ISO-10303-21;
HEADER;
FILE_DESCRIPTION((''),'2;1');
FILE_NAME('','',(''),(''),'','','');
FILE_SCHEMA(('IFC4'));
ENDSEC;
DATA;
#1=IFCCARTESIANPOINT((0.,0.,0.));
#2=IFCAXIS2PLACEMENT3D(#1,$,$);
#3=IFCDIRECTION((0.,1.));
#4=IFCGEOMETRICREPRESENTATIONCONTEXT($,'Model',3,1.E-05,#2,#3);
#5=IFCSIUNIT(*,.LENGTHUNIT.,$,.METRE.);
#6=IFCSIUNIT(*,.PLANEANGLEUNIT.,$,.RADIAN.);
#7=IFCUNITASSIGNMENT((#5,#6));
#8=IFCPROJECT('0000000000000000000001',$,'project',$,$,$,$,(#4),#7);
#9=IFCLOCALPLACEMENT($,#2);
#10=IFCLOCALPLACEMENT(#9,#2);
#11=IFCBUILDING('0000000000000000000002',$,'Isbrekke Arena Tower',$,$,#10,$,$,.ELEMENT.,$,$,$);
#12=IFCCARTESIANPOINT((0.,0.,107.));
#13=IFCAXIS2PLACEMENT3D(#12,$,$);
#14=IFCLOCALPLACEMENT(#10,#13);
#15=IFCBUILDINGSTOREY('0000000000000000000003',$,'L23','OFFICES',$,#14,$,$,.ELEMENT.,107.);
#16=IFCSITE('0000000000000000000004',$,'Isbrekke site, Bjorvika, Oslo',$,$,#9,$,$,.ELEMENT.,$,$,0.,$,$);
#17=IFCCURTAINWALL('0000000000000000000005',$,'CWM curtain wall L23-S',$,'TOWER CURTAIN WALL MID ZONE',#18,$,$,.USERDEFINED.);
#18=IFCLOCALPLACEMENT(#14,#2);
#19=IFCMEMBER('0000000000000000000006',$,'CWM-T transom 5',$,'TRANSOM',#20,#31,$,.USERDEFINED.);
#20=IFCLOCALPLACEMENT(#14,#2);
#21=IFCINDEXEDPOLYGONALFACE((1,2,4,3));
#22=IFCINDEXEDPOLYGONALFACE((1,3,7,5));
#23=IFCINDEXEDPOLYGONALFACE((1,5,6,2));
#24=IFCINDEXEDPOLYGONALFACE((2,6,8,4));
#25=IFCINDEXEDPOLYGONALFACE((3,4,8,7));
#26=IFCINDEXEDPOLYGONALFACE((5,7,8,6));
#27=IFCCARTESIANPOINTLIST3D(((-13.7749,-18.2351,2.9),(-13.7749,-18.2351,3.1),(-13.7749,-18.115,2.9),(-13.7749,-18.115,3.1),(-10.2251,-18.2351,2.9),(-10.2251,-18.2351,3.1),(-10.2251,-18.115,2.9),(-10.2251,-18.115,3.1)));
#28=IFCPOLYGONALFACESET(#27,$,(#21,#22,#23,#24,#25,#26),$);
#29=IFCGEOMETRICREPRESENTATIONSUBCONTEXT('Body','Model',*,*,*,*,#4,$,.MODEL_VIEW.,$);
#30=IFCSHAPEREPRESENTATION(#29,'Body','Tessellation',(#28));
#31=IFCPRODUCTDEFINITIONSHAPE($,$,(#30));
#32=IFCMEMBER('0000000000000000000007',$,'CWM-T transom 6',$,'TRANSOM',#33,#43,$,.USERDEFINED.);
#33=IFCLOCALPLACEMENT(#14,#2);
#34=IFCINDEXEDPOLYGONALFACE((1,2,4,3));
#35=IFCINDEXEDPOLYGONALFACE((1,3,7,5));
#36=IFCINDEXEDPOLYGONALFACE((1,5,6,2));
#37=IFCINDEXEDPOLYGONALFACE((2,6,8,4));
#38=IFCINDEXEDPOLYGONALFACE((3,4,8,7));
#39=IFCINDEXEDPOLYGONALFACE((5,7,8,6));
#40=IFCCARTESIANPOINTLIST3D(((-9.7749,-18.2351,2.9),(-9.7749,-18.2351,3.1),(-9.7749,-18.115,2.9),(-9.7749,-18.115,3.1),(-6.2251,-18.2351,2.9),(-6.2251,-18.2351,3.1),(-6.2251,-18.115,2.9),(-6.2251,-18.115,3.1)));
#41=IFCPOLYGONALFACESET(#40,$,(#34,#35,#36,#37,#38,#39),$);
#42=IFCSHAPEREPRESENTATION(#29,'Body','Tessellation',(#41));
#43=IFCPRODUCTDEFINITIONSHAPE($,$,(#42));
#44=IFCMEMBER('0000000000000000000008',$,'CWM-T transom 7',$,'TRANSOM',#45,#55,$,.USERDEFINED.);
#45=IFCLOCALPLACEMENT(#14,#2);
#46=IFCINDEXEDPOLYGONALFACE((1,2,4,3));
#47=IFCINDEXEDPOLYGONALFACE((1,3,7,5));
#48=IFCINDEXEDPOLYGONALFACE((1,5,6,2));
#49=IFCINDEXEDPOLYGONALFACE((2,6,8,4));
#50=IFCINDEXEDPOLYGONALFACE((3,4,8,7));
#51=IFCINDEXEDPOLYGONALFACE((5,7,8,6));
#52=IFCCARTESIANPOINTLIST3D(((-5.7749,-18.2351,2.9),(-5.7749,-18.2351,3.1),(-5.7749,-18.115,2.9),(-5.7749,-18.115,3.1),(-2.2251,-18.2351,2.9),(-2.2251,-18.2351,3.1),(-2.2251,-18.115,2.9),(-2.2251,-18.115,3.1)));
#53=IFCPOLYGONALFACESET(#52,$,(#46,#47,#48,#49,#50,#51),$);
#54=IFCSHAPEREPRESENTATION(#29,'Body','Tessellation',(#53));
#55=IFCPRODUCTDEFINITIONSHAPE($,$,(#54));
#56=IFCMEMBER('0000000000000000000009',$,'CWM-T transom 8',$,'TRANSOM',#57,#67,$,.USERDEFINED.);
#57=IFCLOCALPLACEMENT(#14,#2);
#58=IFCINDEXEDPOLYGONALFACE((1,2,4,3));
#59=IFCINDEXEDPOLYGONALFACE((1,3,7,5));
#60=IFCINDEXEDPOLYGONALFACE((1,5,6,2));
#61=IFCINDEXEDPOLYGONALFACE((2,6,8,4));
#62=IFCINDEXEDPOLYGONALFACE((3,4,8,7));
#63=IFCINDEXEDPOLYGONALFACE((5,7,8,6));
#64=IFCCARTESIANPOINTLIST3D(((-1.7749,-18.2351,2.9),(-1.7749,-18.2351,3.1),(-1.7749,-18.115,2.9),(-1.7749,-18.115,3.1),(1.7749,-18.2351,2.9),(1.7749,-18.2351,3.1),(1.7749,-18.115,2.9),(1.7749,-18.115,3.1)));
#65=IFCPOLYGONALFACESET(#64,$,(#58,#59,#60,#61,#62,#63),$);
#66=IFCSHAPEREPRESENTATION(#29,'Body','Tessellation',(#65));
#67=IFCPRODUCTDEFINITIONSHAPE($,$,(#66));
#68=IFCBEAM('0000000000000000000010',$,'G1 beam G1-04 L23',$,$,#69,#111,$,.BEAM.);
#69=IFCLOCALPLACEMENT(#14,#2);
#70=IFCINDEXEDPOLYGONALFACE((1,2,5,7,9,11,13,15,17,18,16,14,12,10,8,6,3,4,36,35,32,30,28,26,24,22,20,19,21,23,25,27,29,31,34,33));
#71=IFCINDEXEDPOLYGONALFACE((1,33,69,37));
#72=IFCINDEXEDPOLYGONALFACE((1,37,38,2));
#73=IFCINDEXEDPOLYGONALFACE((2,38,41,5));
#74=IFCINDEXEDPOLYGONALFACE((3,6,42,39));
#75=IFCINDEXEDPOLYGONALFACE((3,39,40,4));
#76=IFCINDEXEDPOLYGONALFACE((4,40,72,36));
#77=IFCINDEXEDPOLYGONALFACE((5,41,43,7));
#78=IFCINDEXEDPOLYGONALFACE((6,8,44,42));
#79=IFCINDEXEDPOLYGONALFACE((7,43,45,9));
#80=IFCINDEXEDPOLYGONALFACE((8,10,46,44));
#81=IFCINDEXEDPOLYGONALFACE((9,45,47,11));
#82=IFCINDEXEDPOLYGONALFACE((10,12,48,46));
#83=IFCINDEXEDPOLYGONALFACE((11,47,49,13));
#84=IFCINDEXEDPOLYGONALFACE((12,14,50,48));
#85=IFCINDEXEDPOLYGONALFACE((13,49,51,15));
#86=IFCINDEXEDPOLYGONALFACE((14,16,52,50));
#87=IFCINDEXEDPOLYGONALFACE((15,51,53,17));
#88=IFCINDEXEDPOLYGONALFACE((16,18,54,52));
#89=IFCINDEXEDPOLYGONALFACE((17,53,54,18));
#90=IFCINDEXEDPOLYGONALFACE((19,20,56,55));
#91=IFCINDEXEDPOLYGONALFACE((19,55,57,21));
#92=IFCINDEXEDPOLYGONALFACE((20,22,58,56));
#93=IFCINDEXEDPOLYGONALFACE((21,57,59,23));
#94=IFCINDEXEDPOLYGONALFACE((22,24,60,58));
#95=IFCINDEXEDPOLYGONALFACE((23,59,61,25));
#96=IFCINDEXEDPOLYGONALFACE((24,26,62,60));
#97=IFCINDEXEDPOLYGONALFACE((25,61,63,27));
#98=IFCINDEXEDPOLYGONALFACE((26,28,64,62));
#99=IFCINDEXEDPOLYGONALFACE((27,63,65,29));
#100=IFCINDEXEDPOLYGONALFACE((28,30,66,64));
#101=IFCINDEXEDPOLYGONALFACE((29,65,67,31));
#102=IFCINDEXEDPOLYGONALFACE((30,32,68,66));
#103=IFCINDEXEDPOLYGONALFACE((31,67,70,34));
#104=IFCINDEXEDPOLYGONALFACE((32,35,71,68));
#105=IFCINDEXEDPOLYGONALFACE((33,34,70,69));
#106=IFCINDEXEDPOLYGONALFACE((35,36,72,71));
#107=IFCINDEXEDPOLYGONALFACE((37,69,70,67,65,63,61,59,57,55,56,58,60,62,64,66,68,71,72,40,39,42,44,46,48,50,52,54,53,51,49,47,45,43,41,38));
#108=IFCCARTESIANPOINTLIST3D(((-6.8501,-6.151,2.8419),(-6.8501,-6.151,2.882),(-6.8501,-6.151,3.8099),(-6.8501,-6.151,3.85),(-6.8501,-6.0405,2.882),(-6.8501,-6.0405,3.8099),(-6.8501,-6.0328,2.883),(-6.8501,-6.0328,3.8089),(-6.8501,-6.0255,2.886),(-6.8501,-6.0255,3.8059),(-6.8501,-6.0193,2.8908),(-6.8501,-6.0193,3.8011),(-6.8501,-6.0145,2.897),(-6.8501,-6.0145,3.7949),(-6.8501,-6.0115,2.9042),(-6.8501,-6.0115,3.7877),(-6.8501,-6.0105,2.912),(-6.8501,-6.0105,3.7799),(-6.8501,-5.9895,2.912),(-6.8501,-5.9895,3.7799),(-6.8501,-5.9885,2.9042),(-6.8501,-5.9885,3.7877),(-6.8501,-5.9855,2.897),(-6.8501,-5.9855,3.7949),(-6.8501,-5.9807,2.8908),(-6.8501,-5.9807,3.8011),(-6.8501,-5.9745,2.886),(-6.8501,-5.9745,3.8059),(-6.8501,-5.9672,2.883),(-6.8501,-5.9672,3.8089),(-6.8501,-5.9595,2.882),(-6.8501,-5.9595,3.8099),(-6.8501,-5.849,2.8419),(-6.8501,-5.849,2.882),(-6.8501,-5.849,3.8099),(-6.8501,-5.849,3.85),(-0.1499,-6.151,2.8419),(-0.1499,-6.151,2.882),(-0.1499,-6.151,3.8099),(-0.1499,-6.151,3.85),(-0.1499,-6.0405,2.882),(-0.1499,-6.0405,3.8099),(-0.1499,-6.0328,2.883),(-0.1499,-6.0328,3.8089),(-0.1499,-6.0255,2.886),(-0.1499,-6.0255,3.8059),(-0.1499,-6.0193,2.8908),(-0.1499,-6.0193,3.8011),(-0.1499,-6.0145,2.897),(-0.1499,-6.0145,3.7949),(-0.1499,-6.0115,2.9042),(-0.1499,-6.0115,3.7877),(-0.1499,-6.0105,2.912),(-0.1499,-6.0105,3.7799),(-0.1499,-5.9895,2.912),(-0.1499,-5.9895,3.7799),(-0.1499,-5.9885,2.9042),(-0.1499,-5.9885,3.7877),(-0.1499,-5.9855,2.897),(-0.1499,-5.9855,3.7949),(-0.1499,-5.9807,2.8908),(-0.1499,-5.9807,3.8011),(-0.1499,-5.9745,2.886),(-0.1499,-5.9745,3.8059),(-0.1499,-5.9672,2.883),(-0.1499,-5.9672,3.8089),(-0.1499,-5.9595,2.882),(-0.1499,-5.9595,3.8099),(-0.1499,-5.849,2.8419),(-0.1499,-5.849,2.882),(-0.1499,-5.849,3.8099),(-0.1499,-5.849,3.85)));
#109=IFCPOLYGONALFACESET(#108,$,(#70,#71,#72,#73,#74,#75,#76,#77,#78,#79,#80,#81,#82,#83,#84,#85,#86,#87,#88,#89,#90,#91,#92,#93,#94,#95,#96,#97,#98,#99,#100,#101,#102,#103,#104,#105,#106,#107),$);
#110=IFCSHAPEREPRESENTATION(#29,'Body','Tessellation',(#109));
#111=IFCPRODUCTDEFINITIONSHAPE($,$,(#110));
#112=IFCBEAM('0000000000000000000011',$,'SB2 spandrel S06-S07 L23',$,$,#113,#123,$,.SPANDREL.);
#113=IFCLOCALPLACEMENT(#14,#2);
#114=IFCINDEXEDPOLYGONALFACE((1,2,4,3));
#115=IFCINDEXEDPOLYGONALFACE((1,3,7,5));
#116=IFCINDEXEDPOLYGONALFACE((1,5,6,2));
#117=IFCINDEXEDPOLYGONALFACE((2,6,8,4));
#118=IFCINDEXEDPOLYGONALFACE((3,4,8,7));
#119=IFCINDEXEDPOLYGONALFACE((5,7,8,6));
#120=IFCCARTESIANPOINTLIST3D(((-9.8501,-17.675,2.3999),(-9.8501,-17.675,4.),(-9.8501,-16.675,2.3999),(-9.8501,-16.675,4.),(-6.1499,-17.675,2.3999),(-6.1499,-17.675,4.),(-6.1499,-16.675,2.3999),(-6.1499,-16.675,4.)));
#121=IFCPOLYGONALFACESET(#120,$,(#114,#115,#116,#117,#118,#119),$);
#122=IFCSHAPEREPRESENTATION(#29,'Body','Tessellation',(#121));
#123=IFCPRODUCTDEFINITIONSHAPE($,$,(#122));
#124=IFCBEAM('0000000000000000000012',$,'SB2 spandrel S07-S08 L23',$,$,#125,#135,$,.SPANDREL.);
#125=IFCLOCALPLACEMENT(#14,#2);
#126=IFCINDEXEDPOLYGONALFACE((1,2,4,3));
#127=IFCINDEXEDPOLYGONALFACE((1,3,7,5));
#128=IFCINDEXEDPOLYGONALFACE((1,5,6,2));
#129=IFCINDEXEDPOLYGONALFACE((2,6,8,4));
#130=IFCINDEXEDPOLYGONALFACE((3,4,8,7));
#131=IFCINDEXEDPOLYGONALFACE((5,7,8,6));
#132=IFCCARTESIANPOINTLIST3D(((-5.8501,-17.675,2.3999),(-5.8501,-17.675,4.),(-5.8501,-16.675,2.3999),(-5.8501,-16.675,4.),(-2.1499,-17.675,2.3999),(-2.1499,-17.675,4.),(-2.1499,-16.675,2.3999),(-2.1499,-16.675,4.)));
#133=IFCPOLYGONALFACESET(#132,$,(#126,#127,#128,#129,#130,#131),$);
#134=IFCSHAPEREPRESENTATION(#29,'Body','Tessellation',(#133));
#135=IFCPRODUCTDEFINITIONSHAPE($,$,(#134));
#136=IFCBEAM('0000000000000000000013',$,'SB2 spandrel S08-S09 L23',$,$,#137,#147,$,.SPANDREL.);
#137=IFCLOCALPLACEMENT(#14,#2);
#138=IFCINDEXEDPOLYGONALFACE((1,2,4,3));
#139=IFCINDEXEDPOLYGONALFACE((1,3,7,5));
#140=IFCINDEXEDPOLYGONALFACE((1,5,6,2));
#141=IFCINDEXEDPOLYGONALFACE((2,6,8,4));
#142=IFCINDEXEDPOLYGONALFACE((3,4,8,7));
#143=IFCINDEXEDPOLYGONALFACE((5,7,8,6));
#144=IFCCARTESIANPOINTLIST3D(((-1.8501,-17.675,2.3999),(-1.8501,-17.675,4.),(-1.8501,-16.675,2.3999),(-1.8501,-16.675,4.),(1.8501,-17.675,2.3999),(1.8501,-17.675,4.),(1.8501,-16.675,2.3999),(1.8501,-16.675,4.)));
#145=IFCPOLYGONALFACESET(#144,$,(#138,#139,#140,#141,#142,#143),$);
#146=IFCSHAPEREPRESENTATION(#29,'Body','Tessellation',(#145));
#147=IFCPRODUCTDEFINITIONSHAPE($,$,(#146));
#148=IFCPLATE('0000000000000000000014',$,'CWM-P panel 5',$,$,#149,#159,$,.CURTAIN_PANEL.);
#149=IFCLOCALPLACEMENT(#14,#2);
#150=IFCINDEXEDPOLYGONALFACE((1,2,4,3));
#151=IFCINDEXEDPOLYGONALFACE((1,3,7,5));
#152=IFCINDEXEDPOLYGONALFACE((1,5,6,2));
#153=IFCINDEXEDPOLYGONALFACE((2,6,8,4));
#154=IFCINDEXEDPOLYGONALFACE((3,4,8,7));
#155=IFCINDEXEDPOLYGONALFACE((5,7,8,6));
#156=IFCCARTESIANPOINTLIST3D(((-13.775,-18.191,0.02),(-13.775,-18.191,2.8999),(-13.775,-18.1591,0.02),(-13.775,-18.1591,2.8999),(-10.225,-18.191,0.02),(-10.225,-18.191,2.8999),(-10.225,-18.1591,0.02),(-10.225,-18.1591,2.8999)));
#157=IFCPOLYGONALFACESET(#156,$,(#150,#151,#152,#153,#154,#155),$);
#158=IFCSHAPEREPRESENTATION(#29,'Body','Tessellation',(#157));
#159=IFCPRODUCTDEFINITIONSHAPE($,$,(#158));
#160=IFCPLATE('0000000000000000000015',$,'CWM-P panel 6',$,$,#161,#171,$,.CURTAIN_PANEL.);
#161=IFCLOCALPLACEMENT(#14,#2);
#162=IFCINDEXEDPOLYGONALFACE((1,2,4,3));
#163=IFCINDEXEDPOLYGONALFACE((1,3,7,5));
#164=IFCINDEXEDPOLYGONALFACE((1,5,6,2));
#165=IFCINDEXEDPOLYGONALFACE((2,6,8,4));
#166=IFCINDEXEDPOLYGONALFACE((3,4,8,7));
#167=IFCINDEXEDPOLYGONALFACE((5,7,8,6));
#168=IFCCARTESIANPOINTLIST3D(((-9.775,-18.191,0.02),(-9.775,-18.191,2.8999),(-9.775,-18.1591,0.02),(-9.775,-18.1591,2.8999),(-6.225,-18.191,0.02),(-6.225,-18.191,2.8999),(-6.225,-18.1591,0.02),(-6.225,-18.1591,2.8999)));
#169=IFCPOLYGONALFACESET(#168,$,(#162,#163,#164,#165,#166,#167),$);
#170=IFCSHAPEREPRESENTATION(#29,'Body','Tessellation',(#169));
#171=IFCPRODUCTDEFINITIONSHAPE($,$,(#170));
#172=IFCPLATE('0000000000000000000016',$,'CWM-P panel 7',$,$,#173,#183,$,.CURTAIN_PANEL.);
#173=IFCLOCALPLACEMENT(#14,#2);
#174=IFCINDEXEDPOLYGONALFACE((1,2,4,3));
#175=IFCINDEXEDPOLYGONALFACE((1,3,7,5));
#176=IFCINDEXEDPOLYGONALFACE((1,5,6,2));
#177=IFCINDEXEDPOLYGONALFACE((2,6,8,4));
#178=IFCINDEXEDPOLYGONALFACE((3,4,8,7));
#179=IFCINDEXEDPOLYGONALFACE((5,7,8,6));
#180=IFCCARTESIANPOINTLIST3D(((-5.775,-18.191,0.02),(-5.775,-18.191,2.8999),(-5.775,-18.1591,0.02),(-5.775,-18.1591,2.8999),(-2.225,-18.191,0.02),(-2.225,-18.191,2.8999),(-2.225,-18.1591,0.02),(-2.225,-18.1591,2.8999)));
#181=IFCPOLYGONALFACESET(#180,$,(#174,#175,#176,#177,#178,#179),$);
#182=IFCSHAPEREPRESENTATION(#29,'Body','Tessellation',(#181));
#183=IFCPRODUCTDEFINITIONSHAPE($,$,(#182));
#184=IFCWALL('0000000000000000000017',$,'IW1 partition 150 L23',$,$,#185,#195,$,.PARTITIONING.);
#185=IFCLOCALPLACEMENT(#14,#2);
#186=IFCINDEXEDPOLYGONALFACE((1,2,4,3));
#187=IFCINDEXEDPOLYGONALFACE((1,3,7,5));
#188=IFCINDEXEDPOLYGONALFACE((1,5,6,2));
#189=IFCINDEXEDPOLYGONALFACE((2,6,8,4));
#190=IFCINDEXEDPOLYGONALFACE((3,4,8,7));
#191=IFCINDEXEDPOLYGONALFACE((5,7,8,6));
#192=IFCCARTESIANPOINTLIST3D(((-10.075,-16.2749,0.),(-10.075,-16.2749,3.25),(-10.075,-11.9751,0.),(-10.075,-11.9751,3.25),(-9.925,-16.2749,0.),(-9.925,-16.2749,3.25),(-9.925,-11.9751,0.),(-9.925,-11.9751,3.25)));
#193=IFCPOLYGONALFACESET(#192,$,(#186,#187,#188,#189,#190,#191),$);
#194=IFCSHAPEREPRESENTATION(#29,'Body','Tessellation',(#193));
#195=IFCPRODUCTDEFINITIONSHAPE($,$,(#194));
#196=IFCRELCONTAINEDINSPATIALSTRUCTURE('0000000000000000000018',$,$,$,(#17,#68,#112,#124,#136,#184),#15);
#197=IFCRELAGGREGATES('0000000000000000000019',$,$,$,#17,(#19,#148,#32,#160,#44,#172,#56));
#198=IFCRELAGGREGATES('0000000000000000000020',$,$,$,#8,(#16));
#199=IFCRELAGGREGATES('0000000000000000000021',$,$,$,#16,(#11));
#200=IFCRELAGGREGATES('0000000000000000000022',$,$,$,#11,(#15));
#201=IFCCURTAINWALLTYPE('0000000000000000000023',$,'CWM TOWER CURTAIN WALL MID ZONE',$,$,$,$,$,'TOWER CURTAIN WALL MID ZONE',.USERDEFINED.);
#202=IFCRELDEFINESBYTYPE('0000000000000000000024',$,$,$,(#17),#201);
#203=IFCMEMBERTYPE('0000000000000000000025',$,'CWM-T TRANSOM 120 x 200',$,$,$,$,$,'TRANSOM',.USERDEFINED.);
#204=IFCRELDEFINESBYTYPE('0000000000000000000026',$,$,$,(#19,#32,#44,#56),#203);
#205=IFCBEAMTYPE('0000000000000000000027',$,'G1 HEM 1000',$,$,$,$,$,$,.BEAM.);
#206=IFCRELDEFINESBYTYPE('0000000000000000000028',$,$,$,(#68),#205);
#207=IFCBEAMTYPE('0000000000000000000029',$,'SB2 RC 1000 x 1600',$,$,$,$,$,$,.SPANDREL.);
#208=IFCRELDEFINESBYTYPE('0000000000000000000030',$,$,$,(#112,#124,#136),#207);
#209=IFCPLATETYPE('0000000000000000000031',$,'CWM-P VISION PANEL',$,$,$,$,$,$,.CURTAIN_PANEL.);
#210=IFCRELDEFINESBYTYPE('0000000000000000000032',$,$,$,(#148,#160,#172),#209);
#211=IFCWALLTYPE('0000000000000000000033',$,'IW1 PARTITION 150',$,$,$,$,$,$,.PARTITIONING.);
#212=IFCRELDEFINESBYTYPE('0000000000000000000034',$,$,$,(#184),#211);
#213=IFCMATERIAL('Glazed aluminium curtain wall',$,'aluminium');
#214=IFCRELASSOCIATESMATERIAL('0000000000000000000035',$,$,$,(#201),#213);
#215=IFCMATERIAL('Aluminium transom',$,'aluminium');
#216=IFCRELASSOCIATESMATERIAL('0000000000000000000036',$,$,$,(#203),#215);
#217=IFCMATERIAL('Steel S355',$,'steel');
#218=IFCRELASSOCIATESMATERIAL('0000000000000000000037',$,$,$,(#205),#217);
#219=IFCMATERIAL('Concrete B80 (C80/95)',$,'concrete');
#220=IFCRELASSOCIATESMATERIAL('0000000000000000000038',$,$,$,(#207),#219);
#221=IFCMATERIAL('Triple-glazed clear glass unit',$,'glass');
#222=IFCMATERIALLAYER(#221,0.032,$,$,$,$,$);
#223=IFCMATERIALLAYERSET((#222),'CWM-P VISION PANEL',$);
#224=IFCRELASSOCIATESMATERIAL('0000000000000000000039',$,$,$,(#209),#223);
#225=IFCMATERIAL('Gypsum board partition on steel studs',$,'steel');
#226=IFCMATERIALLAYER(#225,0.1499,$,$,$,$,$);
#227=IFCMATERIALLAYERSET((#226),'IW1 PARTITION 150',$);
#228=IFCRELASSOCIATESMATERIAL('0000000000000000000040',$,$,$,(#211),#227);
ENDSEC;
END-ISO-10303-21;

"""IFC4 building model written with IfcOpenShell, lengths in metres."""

from ifc_helpers import new_model, si_unit, direction, frame, frame_2d, origin, origin_2d, place, context, subcontext, project, spatial, rectangle, i_section, extrude, material, layer, layer_set, material_profile, profile_set, type_object, element, aggregate, save


model = new_model("IFC4")

# Units and contexts
model_context = context("Model", 3, precision=1e-05, world=origin(), true_north=direction((0.0, 1.0)))
body_context = subcontext(model_context, "Body", "Model", "MODEL_VIEW")
ifc_project = project(units=[si_unit("LENGTHUNIT", "METRE"), si_unit("PLANEANGLEUNIT", "RADIAN")], contexts=[model_context])

# Site, building, storey
site_placement = place(None, origin())
site = spatial("IfcSite", under=ifc_project, at=site_placement, Name="Isbrekke site, Bjorvika, Oslo", CompositionType="ELEMENT", RefElevation=0.0)
building_placement = place(site_placement, origin())
building = spatial("IfcBuilding", under=site, at=building_placement, Name="Isbrekke Arena Tower", CompositionType="ELEMENT")
storey_placement = place(building_placement, frame((0.0, 0.0, 107.0)))
storey = spatial("IfcBuildingStorey", under=building, at=storey_placement, Name="L23", Description="OFFICES", CompositionType="ELEMENT", Elevation=107.0)

# Curtain wall, members
ifc_material_1 = material(Name="Glazed aluminium curtain wall", Category="aluminium")
curtain_wall_type = type_object("IfcCurtainWallType", Name="CWM TOWER CURTAIN WALL MID ZONE", ElementType="TOWER CURTAIN WALL MID ZONE", PredefinedType="USERDEFINED", material=ifc_material_1)
curtain_wall_placement = place(storey_placement, origin())
curtain_wall = element("IfcCurtainWall", 1, at=curtain_wall_placement, inside=storey, type_object=curtain_wall_type, Name="CWM curtain wall L23-S", ObjectType="TOWER CURTAIN WALL MID ZONE", PredefinedType="USERDEFINED")
ifc_material_2 = material(Name="Aluminium transom", Category="aluminium")
ifc_material_profile_1 = material_profile(ifc_material_2, rectangle(XDim=0.1201, YDim=0.2, at=origin_2d()), Name="TRANSOM 120X200")
ifc_profile_set_1 = profile_set([ifc_material_profile_1], Name="Aluminium transom")
member_type_1 = type_object("IfcMemberType", Name="CWM-T TRANSOM 120 x 200", ElementType="TRANSOM", PredefinedType="USERDEFINED", material=ifc_profile_set_1)
member_1_placement = place(storey_placement, frame((-13.7749, -18.175, 3.0), z_axis=(1.0, 0.0, 0.0), x_axis=(0.0, 1.0, 0.0)))
member_1 = element("IfcMember", 2, at=member_1_placement, type_object=member_type_1, Name="CWM-T transom 5", ObjectType="TRANSOM", PredefinedType="USERDEFINED", context=body_context, shape_type="SweptSolid", body=[
    extrude(rectangle(XDim=0.1201, YDim=0.2, at=origin_2d()), origin(), (0.0, 0.0, 1.0), 3.5498),
])
member_2_placement = place(storey_placement, frame((-9.7749, -18.175, 3.0), z_axis=(1.0, 0.0, 0.0), x_axis=(0.0, 1.0, 0.0)))
member_2 = element("IfcMember", 3, at=member_2_placement, type_object=member_type_1, Name="CWM-T transom 6", ObjectType="TRANSOM", PredefinedType="USERDEFINED", context=body_context, shape_type="SweptSolid", body=[
    extrude(rectangle(XDim=0.1201, YDim=0.2, at=origin_2d()), origin(), (0.0, 0.0, 1.0), 3.5498),
])
member_3_placement = place(storey_placement, frame((-5.7749, -18.175, 3.0), z_axis=(1.0, 0.0, 0.0), x_axis=(0.0, 1.0, 0.0)))
member_3 = element("IfcMember", 4, at=member_3_placement, type_object=member_type_1, Name="CWM-T transom 7", ObjectType="TRANSOM", PredefinedType="USERDEFINED", context=body_context, shape_type="SweptSolid", body=[
    extrude(rectangle(XDim=0.1201, YDim=0.2, at=origin_2d()), origin(), (0.0, 0.0, 1.0), 3.5498),
])
member_4_placement = place(storey_placement, frame((-1.7749, -18.175, 3.0), z_axis=(1.0, 0.0, 0.0), x_axis=(0.0, 1.0, 0.0)))
member_4 = element("IfcMember", 5, at=member_4_placement, type_object=member_type_1, Name="CWM-T transom 8", ObjectType="TRANSOM", PredefinedType="USERDEFINED", context=body_context, shape_type="SweptSolid", body=[
    extrude(rectangle(XDim=0.1201, YDim=0.2, at=origin_2d()), origin(), (0.0, 0.0, 1.0), 3.5498),
])

# Beams
ifc_material_3 = material(Name="Steel S355", Category="steel")
ifc_material_profile_2 = material_profile(ifc_material_3, i_section(OverallWidth=0.302, OverallDepth=1.0081, WebThickness=0.021, FlangeThickness=0.04, FilletRadius=0.03, at=origin_2d()), Name="HEM 1000")
ifc_profile_set_2 = profile_set([ifc_material_profile_2], Name="Steel S355")
beam_type_1 = type_object("IfcBeamType", Name="G1 HEM 1000", PredefinedType="BEAM", material=ifc_profile_set_2)
beam_1_placement = place(storey_placement, frame((-6.8501, -6.0, 3.3459), z_axis=(1.0, 0.0, 0.0), x_axis=(0.0, 1.0, 0.0)))
element("IfcBeam", 6, at=beam_1_placement, inside=storey, type_object=beam_type_1, Name="G1 beam G1-04 L23", PredefinedType="BEAM", context=body_context, shape_type="SweptSolid", body=[
    extrude(i_section(OverallWidth=0.302, OverallDepth=1.0081, WebThickness=0.021, FlangeThickness=0.04, FilletRadius=0.03, at=origin_2d()), origin(), (0.0, 0.0, 1.0), 6.7002),
])
ifc_material_4 = material(Name="Concrete B80 (C80/95)", Category="concrete")
ifc_material_profile_3 = material_profile(ifc_material_4, rectangle(XDim=1.0, YDim=1.6001, at=origin_2d()), Name="RC 1000x1600")
ifc_profile_set_3 = profile_set([ifc_material_profile_3], Name="Concrete B80 (C80/95)")
beam_type_2 = type_object("IfcBeamType", Name="SB2 RC 1000 x 1600", PredefinedType="SPANDREL", material=ifc_profile_set_3)
for number, where, z_axis, x_axis, name in (
    (7, (-9.8501, -17.175, 3.2), (1.0, 0.0, 0.0), (0.0, 1.0, 0.0), "SB2 spandrel S06-S07 L23"),
    (8, (-5.8501, -17.175, 3.2), (1.0, 0.0, 0.0), (0.0, 1.0, 0.0), "SB2 spandrel S07-S08 L23"),
    (9, (-1.8501, -17.175, 3.2), (1.0, 0.0, 0.0), (0.0, 1.0, 0.0), "SB2 spandrel S08-S09 L23"),
):
    element("IfcBeam", number, at=place(storey_placement, frame(where, z_axis=z_axis, x_axis=x_axis)), inside=storey, type_object=beam_type_2, Name=name, PredefinedType="SPANDREL", context=body_context, shape_type="SweptSolid", body=[
        extrude(rectangle(XDim=1.0, YDim=1.6001, at=origin_2d()), origin(), (0.0, 0.0, 1.0), 3.7002),
    ])

# Plates
ifc_material_5 = material(Name="Triple-glazed clear glass unit", Category="glass")
ifc_layer_1 = layer(ifc_material_5, 0.032)
ifc_layer_set_1 = layer_set([ifc_layer_1], Name="CWM-P VISION PANEL")
plate_type = type_object("IfcPlateType", Name="CWM-P VISION PANEL", PredefinedType="CURTAIN_PANEL", material=ifc_layer_set_1)
plate_1_placement = place(storey_placement, frame((-12.0, -18.175, 0.02), z_axis=(0.0, 0.0, 1.0), x_axis=(1.0, 0.0, 0.0)))
plate_1 = element("IfcPlate", 10, at=plate_1_placement, type_object=plate_type, Name="CWM-P panel 5", PredefinedType="CURTAIN_PANEL", context=body_context, shape_type="SweptSolid", body=[
    extrude(rectangle(XDim=3.55, YDim=0.032, at=origin_2d()), origin(), (0.0, 0.0, 1.0), 2.8799),
])
plate_2_placement = place(storey_placement, frame((-8.0, -18.175, 0.02), z_axis=(0.0, 0.0, 1.0), x_axis=(1.0, 0.0, 0.0)))
plate_2 = element("IfcPlate", 11, at=plate_2_placement, type_object=plate_type, Name="CWM-P panel 6", PredefinedType="CURTAIN_PANEL", context=body_context, shape_type="SweptSolid", body=[
    extrude(rectangle(XDim=3.55, YDim=0.032, at=origin_2d()), origin(), (0.0, 0.0, 1.0), 2.8799),
])
plate_3_placement = place(storey_placement, frame((-4.0, -18.175, 0.02), z_axis=(0.0, 0.0, 1.0), x_axis=(1.0, 0.0, 0.0)))
plate_3 = element("IfcPlate", 12, at=plate_3_placement, type_object=plate_type, Name="CWM-P panel 7", PredefinedType="CURTAIN_PANEL", context=body_context, shape_type="SweptSolid", body=[
    extrude(rectangle(XDim=3.55, YDim=0.032, at=origin_2d()), origin(), (0.0, 0.0, 1.0), 2.8799),
])
aggregate(curtain_wall, [member_1, plate_1, member_2, plate_2, member_3, plate_3, member_4])

# Wall
ifc_material_6 = material(Name="Gypsum board partition on steel studs", Category="steel")
ifc_layer_2 = layer(ifc_material_6, 0.1499)
ifc_layer_set_2 = layer_set([ifc_layer_2], Name="IW1 PARTITION 150")
wall_type_1 = type_object("IfcWallType", Name="IW1 PARTITION 150", PredefinedType="PARTITIONING", material=ifc_layer_set_2)
wall_1_placement = place(storey_placement, frame((-10.0, -16.2749, 0.0), z_axis=(0.0, 0.0, 1.0), x_axis=(0.0, 1.0, 0.0)))
element("IfcWall", 13, at=wall_1_placement, inside=storey, type_object=wall_type_1, Name="IW1 partition 150 L23", PredefinedType="PARTITIONING", context=body_context, shape_type="SweptSolid", body=[
    extrude(rectangle(XDim=4.2998, YDim=0.1499, at=frame_2d((2.1499, 0.0))), origin(), (0.0, 0.0, 1.0), 3.25),
])

save(model, "model.ifc")
